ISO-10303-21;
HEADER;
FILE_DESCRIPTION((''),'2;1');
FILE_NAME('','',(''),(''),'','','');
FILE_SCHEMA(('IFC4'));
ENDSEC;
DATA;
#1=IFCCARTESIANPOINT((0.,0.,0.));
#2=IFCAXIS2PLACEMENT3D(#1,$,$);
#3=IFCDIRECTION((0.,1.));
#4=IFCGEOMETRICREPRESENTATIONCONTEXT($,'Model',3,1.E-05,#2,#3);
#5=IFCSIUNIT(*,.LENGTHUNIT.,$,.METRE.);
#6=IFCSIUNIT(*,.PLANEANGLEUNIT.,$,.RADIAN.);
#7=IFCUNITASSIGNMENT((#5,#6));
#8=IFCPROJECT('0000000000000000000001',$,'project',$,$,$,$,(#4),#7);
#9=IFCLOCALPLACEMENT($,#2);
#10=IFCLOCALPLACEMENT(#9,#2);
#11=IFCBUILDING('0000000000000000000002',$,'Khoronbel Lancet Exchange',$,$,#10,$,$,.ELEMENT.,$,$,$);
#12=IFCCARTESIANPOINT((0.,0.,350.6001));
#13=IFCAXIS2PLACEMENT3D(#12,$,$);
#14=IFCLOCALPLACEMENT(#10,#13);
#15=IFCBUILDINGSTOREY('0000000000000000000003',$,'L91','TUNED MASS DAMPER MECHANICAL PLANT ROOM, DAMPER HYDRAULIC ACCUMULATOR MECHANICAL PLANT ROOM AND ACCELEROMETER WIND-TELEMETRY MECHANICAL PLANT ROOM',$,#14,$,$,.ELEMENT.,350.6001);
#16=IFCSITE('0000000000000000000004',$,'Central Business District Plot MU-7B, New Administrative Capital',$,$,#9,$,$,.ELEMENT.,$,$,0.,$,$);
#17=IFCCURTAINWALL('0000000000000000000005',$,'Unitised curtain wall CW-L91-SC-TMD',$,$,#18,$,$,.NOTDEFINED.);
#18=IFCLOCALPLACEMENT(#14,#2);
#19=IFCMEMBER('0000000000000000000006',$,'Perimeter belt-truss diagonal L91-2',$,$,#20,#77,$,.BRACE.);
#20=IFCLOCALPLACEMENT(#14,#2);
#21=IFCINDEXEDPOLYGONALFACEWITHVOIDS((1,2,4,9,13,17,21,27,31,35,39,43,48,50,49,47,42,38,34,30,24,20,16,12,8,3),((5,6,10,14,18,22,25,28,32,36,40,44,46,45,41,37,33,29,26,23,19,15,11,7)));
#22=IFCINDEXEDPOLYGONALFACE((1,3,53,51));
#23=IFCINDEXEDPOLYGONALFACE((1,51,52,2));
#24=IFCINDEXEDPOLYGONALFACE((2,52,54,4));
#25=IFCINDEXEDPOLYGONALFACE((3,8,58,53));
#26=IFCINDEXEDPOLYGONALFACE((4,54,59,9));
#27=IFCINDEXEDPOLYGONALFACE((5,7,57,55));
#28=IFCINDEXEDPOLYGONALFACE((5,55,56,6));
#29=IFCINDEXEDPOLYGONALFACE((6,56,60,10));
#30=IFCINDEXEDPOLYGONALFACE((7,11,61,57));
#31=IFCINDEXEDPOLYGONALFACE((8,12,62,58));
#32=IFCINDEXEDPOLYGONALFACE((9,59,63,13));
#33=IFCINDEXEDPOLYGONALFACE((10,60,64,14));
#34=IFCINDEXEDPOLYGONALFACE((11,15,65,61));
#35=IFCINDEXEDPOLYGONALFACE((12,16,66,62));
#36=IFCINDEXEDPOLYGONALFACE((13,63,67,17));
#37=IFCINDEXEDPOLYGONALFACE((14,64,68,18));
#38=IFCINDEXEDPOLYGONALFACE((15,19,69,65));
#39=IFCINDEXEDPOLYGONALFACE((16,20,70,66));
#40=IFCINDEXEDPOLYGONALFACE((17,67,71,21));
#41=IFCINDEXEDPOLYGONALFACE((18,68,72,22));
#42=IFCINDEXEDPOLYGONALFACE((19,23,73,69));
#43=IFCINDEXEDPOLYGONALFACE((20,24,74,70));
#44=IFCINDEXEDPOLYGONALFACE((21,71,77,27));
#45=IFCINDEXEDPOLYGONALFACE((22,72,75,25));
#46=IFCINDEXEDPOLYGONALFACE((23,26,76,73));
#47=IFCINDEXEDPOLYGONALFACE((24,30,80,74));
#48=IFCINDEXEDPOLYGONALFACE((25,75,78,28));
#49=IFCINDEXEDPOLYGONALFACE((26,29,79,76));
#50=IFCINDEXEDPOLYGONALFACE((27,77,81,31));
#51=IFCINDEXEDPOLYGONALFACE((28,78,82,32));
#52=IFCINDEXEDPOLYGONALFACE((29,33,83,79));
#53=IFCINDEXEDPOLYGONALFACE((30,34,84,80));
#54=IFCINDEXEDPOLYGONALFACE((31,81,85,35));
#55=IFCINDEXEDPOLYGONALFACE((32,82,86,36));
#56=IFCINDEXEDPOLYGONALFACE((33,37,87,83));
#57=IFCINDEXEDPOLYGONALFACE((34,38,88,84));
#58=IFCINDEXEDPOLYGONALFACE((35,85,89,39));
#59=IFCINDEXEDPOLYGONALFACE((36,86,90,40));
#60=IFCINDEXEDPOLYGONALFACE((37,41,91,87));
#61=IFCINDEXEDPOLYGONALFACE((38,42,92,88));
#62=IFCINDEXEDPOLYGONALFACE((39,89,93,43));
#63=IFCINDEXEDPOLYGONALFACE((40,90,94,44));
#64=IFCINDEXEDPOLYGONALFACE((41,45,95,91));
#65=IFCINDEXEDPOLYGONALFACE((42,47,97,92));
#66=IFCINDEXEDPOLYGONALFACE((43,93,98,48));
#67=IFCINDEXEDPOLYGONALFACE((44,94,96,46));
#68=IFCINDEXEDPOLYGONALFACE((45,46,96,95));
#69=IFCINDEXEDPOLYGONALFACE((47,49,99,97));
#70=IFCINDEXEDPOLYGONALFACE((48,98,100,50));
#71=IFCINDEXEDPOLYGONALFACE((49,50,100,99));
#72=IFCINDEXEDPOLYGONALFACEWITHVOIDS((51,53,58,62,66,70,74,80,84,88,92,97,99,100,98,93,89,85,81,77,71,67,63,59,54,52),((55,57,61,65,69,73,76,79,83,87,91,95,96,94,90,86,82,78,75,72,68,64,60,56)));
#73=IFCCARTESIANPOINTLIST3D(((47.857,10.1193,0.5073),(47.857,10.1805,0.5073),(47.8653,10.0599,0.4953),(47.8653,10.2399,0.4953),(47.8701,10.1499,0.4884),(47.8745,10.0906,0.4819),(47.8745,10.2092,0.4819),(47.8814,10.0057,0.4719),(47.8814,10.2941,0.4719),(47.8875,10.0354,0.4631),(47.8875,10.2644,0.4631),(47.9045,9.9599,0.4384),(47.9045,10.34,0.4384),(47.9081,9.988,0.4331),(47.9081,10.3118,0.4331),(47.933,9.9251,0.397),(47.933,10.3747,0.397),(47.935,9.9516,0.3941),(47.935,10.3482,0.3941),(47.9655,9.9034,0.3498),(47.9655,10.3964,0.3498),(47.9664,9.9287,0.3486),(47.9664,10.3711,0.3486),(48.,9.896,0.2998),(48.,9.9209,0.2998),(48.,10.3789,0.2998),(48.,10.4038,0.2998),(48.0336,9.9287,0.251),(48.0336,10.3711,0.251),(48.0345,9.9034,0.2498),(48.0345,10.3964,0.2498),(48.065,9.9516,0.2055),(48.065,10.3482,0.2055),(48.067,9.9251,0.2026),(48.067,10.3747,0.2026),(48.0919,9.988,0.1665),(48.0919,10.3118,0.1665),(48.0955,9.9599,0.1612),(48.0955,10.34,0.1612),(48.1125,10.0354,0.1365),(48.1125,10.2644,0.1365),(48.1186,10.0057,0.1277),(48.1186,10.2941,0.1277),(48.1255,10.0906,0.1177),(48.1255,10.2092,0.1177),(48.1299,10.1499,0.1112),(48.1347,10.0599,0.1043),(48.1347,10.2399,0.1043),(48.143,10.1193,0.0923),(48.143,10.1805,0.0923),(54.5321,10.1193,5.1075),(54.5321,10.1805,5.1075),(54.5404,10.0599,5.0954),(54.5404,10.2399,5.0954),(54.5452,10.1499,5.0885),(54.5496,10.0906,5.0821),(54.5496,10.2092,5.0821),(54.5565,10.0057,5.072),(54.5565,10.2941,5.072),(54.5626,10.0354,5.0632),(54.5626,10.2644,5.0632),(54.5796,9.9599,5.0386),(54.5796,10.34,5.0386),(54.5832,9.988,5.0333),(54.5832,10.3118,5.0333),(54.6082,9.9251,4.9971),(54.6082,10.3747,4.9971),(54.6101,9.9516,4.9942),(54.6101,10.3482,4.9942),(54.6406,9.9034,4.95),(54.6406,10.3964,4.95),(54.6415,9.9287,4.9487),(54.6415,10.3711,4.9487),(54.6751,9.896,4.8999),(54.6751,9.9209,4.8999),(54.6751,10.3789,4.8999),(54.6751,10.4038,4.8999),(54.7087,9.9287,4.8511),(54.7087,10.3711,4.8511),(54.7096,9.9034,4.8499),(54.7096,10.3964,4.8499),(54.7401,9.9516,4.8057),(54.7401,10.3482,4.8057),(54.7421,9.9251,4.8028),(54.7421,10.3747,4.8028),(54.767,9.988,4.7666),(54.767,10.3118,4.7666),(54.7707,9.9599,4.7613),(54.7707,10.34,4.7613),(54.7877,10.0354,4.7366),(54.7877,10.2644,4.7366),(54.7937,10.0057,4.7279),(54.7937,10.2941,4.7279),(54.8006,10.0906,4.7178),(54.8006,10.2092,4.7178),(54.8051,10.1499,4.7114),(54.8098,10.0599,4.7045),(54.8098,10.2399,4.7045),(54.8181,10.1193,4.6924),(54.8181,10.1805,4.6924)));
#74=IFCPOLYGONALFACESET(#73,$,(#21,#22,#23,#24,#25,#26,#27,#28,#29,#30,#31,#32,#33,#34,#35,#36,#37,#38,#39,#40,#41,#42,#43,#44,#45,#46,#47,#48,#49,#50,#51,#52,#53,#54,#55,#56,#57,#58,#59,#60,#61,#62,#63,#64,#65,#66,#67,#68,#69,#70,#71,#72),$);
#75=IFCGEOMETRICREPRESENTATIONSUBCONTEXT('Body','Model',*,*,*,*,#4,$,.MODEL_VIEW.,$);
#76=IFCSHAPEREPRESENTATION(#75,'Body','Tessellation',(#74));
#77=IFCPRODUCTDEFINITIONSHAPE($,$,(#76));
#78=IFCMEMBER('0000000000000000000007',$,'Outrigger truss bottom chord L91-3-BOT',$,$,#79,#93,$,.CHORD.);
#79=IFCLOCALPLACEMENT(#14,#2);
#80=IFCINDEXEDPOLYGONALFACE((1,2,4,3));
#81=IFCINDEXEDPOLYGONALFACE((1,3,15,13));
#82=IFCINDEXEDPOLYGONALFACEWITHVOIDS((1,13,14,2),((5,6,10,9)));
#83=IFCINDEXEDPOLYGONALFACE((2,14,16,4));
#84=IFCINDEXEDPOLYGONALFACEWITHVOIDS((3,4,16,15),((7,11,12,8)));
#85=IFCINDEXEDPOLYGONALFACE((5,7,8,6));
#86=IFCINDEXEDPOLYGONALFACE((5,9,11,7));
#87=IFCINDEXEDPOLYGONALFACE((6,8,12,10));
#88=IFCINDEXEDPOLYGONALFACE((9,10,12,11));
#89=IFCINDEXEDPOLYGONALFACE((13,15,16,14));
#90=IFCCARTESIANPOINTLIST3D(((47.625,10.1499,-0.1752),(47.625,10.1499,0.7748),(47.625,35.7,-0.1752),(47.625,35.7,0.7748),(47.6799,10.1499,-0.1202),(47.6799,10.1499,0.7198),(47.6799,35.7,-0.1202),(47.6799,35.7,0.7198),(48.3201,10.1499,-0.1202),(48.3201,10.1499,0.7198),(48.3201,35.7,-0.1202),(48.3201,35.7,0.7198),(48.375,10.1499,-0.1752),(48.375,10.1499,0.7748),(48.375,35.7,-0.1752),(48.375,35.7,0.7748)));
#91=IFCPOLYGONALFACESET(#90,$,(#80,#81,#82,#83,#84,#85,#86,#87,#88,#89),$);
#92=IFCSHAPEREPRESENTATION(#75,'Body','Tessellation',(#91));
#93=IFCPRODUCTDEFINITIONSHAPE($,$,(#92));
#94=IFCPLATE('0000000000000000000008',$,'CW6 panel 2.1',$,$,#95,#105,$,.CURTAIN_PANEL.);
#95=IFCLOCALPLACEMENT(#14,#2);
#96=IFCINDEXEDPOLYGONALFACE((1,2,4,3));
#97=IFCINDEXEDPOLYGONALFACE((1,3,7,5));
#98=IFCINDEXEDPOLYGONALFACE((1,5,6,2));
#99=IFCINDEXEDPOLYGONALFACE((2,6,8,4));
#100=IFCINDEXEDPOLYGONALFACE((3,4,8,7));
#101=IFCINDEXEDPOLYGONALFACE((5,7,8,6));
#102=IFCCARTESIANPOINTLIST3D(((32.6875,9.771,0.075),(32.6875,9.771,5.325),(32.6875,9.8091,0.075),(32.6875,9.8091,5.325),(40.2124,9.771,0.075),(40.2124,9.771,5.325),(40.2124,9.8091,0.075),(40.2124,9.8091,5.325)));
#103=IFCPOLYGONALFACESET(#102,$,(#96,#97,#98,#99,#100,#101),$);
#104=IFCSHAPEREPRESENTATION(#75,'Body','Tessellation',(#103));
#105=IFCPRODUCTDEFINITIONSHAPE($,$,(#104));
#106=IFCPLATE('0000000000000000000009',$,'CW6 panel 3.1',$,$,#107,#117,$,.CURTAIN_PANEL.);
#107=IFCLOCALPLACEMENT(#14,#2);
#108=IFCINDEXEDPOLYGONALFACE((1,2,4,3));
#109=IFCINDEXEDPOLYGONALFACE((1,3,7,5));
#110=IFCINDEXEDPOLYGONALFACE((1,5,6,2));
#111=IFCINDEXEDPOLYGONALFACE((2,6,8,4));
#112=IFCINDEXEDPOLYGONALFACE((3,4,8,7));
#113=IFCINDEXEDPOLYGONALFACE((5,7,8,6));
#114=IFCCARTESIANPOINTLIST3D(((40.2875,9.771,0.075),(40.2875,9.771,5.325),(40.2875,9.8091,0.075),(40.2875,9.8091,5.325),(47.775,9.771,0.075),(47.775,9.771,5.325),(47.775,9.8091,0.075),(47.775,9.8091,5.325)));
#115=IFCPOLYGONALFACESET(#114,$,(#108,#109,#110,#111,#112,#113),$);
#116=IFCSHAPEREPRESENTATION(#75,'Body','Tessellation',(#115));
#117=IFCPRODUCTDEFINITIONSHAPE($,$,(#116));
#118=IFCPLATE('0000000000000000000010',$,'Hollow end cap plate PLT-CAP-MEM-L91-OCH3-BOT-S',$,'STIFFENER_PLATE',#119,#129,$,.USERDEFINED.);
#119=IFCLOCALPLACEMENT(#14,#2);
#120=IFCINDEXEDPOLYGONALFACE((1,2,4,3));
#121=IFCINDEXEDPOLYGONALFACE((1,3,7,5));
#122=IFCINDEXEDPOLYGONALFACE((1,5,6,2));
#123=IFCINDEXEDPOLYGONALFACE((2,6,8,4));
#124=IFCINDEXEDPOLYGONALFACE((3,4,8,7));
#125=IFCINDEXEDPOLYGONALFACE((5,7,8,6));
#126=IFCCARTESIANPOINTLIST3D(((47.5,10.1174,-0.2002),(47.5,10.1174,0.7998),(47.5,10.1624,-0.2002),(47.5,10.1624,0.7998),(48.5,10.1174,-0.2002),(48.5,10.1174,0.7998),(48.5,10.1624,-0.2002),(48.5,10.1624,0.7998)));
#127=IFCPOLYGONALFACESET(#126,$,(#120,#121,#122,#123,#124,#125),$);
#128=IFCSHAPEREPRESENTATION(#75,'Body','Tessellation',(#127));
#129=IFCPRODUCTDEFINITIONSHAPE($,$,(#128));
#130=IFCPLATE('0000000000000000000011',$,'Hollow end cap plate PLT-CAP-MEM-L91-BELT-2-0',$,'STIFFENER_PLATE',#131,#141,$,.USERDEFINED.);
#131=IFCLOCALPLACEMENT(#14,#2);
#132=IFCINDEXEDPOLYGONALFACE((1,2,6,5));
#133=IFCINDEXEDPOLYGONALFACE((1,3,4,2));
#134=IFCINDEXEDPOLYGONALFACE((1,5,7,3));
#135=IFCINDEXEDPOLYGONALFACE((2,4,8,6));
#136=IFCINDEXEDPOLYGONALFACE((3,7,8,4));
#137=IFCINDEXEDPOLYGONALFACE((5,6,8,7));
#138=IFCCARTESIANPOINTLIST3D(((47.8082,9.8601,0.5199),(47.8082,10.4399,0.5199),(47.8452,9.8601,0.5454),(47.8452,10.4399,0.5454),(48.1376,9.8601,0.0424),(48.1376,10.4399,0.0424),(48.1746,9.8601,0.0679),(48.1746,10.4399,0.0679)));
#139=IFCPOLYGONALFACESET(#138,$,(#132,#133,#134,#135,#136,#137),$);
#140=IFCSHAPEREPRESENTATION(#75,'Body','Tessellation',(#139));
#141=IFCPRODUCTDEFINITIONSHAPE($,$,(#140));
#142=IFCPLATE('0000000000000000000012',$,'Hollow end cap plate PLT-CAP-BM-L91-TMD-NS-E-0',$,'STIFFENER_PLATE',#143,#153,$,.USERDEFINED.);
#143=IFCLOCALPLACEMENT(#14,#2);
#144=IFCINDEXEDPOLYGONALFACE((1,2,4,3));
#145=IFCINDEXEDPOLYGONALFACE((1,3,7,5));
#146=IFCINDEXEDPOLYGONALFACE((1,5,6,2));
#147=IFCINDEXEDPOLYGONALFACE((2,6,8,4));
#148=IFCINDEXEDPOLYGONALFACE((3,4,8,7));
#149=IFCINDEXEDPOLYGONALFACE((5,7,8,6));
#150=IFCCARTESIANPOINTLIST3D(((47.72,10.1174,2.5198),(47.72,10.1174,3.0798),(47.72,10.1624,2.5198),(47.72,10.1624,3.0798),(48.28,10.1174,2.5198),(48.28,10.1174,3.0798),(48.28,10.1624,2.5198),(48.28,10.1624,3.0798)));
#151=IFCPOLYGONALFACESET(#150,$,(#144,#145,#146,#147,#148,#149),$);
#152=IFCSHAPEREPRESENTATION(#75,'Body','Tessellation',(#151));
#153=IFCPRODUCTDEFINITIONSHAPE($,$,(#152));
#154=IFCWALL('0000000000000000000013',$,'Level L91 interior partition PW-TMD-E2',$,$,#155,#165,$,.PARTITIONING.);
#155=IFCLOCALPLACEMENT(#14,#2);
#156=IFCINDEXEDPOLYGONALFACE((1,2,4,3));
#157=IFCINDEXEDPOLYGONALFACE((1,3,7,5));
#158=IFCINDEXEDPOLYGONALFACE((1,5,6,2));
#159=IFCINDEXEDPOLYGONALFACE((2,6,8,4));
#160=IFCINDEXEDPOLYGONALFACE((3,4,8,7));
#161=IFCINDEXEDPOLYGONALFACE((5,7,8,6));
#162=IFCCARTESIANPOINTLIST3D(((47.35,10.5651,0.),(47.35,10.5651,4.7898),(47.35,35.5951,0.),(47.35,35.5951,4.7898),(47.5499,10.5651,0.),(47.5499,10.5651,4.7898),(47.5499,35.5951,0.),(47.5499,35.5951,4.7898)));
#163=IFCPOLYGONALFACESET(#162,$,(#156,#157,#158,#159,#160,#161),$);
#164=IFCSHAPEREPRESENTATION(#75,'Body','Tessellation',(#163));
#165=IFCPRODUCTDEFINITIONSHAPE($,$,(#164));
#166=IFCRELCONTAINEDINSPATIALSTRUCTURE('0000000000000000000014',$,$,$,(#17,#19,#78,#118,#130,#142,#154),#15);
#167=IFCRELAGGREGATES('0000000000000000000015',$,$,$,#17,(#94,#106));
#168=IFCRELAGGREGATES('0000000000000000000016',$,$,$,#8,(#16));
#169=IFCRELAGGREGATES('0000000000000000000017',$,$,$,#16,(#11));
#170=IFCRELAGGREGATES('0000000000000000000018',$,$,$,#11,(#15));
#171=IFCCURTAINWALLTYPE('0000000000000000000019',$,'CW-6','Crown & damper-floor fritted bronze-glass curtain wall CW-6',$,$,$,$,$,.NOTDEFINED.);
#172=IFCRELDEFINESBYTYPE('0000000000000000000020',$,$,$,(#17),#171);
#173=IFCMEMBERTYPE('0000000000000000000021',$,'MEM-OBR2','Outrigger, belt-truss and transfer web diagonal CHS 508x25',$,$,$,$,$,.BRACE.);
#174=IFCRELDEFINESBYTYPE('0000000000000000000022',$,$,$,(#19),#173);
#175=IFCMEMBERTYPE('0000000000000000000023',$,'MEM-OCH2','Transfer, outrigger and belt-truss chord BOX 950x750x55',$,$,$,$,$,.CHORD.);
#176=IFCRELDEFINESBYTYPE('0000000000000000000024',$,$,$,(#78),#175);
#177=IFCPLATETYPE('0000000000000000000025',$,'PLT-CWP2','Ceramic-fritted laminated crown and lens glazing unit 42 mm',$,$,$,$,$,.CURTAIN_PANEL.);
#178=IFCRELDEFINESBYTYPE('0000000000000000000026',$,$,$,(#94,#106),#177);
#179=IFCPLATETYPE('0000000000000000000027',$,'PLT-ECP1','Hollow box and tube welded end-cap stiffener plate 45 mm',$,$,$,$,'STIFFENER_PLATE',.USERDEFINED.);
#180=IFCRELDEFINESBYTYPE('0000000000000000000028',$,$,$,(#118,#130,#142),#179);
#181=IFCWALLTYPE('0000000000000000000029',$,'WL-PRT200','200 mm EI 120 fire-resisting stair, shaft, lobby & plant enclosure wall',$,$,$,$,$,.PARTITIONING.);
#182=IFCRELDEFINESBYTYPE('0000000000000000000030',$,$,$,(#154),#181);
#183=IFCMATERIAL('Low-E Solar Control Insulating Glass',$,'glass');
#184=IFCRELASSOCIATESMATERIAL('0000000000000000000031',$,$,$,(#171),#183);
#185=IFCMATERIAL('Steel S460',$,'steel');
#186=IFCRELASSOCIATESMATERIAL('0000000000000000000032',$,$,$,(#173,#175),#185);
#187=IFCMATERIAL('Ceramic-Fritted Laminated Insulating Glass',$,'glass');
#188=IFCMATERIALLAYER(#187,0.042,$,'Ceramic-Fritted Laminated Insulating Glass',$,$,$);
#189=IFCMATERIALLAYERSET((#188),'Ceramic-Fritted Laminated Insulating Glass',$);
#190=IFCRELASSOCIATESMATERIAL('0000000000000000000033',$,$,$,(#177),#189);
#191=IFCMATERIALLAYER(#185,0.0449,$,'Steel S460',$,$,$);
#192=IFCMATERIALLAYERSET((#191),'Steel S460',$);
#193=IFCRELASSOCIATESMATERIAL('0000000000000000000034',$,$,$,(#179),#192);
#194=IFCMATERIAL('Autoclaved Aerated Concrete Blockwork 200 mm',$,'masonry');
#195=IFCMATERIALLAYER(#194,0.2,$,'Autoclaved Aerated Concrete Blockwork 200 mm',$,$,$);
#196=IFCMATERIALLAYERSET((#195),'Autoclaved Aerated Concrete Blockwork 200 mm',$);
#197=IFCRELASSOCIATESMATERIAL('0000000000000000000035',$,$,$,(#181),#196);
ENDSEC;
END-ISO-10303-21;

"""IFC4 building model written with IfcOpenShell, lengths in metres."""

from ifc_helpers import new_model, si_unit, direction, frame, frame_2d, origin, origin_2d, place, context, subcontext, project, spatial, polyline, rectangle, hollow_rectangle, hollow_circle, outline, extrude, material, layer, layer_set, material_profile, profile_set, type_object, element, aggregate, save


model = new_model("IFC4")

# Units and contexts
model_context = context("Model", 3, precision=1e-05, world=origin(), true_north=direction((0.0, 1.0)))
body_context = subcontext(model_context, "Body", "Model", "MODEL_VIEW")
ifc_project = project(units=[si_unit("LENGTHUNIT", "METRE"), si_unit("PLANEANGLEUNIT", "RADIAN")], contexts=[model_context])

# Site, building, storey
site_placement = place(None, origin())
site = spatial("IfcSite", under=ifc_project, at=site_placement, Name="Central Business District Plot MU-7B, New Administrative Capital", CompositionType="ELEMENT", RefElevation=0.0)
building_placement = place(site_placement, origin())
building = spatial("IfcBuilding", under=site, at=building_placement, Name="Khoronbel Lancet Exchange", CompositionType="ELEMENT")
storey_placement = place(building_placement, frame((0.0, 0.0, 350.6001)))
storey = spatial("IfcBuildingStorey", under=building, at=storey_placement, Name="L91", Description="TUNED MASS DAMPER MECHANICAL PLANT ROOM, DAMPER HYDRAULIC ACCUMULATOR MECHANICAL PLANT ROOM AND ACCELEROMETER WIND-TELEMETRY MECHANICAL PLANT ROOM", CompositionType="ELEMENT", Elevation=350.6001)

# Shared definitions
ifc_material_1 = material(Name="Steel S460", Category="steel")

# Curtain wall
ifc_material_2 = material(Name="Low-E Solar Control Insulating Glass", Category="glass")
curtain_wall_type = type_object("IfcCurtainWallType", Name="CW-6", Description="Crown & damper-floor fritted bronze-glass curtain wall CW-6", PredefinedType="NOTDEFINED", material=ifc_material_2)
curtain_wall_1_placement = place(storey_placement, origin())
curtain_wall_1 = element("IfcCurtainWall", 1, at=curtain_wall_1_placement, inside=storey, type_object=curtain_wall_type, Name="Unitised curtain wall CW-L91-SC-TMD", PredefinedType="NOTDEFINED")

# Members
ifc_material_profile_1 = material_profile(ifc_material_1, hollow_circle(Radius=0.2539, WallThickness=0.0249, at=origin_2d()), Name="CHS 508x25")
ifc_profile_set_1 = profile_set([ifc_material_profile_1], Name="Steel S460")
member_type_1 = type_object("IfcMemberType", Name="MEM-OBR2", Description="Outrigger, belt-truss and transfer web diagonal CHS 508x25", PredefinedType="BRACE", material=ifc_profile_set_1)
member_1_placement = place(storey_placement, frame((48.0, 10.1499, 0.2998), z_axis=(0.823408, 0.0, 0.56745), x_axis=(0.0, 1.0, 0.0)))
element("IfcMember", 2, at=member_1_placement, inside=storey, type_object=member_type_1, Name="Perimeter belt-truss diagonal L91-2", PredefinedType="BRACE", context=body_context, shape_type="SweptSolid", body=[
    extrude(hollow_circle(Radius=0.2539, WallThickness=0.0249, at=origin_2d()), origin(), (0.0, 0.0, 1.0), 8.1067),
])
ifc_material_profile_2 = material_profile(ifc_material_1, hollow_rectangle(XDim=0.75, YDim=0.95, WallThickness=0.0549, at=origin_2d()), Name="BOX 950x750x55")
ifc_profile_set_2 = profile_set([ifc_material_profile_2], Name="Steel S460")
member_type_2 = type_object("IfcMemberType", Name="MEM-OCH2", Description="Transfer, outrigger and belt-truss chord BOX 950x750x55", PredefinedType="CHORD", material=ifc_profile_set_2)
member_2_placement = place(storey_placement, frame((48.0, 10.1499, 0.2998), z_axis=(0.0, 1.0, 0.0), x_axis=(-1.0, 0.0, 0.0)))
element("IfcMember", 3, at=member_2_placement, inside=storey, type_object=member_type_2, Name="Outrigger truss bottom chord L91-3-BOT", PredefinedType="CHORD", context=body_context, shape_type="SweptSolid", body=[
    extrude(hollow_rectangle(XDim=0.75, YDim=0.95, WallThickness=0.0549, at=origin_2d()), origin(), (0.0, 0.0, 1.0), 25.55),
])

# Plates
ifc_material_3 = material(Name="Ceramic-Fritted Laminated Insulating Glass", Category="glass")
ifc_layer_1 = layer(ifc_material_3, 0.042, Name="Ceramic-Fritted Laminated Insulating Glass")
ifc_layer_set_1 = layer_set([ifc_layer_1], Name="Ceramic-Fritted Laminated Insulating Glass")
plate_type_1 = type_object("IfcPlateType", Name="PLT-CWP2", Description="Ceramic-fritted laminated crown and lens glazing unit 42 mm", PredefinedType="CURTAIN_PANEL", material=ifc_layer_set_1)
plate_1_placement = place(storey_placement, frame((36.45, 9.79, 0.075), z_axis=(0.0, 0.0, 1.0), x_axis=(1.0, 0.0, 0.0)))
plate_1 = element("IfcPlate", 4, at=plate_1_placement, type_object=plate_type_1, Name="CW6 panel 2.1", PredefinedType="CURTAIN_PANEL", context=body_context, shape_type="SweptSolid", body=[
    extrude(rectangle(XDim=7.5249, YDim=0.0381, at=origin_2d()), origin(), (0.0, 0.0, 1.0), 5.25),
])
plate_2_placement = place(storey_placement, frame((44.0312, 9.79, 0.075), z_axis=(0.0, 0.0, 1.0), x_axis=(1.0, 0.0, 0.0)))
plate_2 = element("IfcPlate", 5, at=plate_2_placement, type_object=plate_type_1, Name="CW6 panel 3.1", PredefinedType="CURTAIN_PANEL", context=body_context, shape_type="SweptSolid", body=[
    extrude(rectangle(XDim=7.4875, YDim=0.0381, at=origin_2d()), origin(), (0.0, 0.0, 1.0), 5.25),
])
aggregate(curtain_wall_1, [plate_1, plate_2])

# Plates
ifc_layer_2 = layer(ifc_material_1, 0.0449, Name="Steel S460")
ifc_layer_set_2 = layer_set([ifc_layer_2], Name="Steel S460")
plate_type_2 = type_object("IfcPlateType", Name="PLT-ECP1", Description="Hollow box and tube welded end-cap stiffener plate 45 mm", ElementType="STIFFENER_PLATE", PredefinedType="USERDEFINED", material=ifc_layer_set_2)
plate_3_placement = place(storey_placement, frame((48.0, 10.1399, -0.2002), z_axis=(0.0, 0.0, 1.0), x_axis=(0.0, -1.0, 0.0)))
element("IfcPlate", 6, at=plate_3_placement, inside=storey, type_object=plate_type_2, Name="Hollow end cap plate PLT-CAP-MEM-L91-OCH3-BOT-S", ObjectType="STIFFENER_PLATE", PredefinedType="USERDEFINED", context=body_context, shape_type="SweptSolid", body=[
    extrude(rectangle(XDim=0.0449, YDim=1.0, at=origin_2d()), origin(), (0.0, 0.0, 1.0), 1.0),
])
plate_4_placement = place(storey_placement, frame((48.1746, 9.8601, 0.0679), z_axis=(0.823206, 0.0, 0.567743), x_axis=(0.0, 1.0, 0.0)))
element("IfcPlate", 7, at=plate_4_placement, inside=storey, type_object=plate_type_2, Name="Hollow end cap plate PLT-CAP-MEM-L91-BELT-2-0", ObjectType="STIFFENER_PLATE", PredefinedType="USERDEFINED", context=body_context, shape_type="SweptSolid", body=[
    extrude(outline(polyline([(0.0, 0.0), (0.5798, 0.0), (0.5798, 0.5801), (0.0, 0.5801), (0.0, 0.0)])), origin(), (0.0, 0.0, -1.0), 0.0449),
])
plate_5_placement = place(storey_placement, frame((48.0, 10.1399, 2.5198), z_axis=(0.0, 0.0, 1.0), x_axis=(0.0, -1.0, 0.0)))
element("IfcPlate", 8, at=plate_5_placement, inside=storey, type_object=plate_type_2, Name="Hollow end cap plate PLT-CAP-BM-L91-TMD-NS-E-0", ObjectType="STIFFENER_PLATE", PredefinedType="USERDEFINED", context=body_context, shape_type="SweptSolid", body=[
    extrude(rectangle(XDim=0.0449, YDim=0.5601, at=origin_2d()), origin(), (0.0, 0.0, 1.0), 0.5601),
])

# Wall
ifc_material_4 = material(Name="Autoclaved Aerated Concrete Blockwork 200 mm", Category="masonry")
ifc_layer_3 = layer(ifc_material_4, 0.2, Name="Autoclaved Aerated Concrete Blockwork 200 mm")
ifc_layer_set_3 = layer_set([ifc_layer_3], Name="Autoclaved Aerated Concrete Blockwork 200 mm")
wall_type = type_object("IfcWallType", Name="WL-PRT200", Description="200 mm EI 120 fire-resisting stair, shaft, lobby & plant enclosure wall", PredefinedType="PARTITIONING", material=ifc_layer_set_3)
wall_placement = place(storey_placement, frame((47.45, 10.5649, 0.0), z_axis=(0.0, 0.0, 1.0), x_axis=(0.0, 1.0, 0.0)))
element("IfcWall", 9, at=wall_placement, inside=storey, type_object=wall_type, Name="Level L91 interior partition PW-TMD-E2", PredefinedType="PARTITIONING", context=body_context, shape_type="SweptSolid", body=[
    extrude(rectangle(XDim=25.03, YDim=0.2, at=frame_2d((12.5151, 0.0))), origin(), (0.0, 0.0, 1.0), 4.7898),
])

save(model, "model.ifc")
